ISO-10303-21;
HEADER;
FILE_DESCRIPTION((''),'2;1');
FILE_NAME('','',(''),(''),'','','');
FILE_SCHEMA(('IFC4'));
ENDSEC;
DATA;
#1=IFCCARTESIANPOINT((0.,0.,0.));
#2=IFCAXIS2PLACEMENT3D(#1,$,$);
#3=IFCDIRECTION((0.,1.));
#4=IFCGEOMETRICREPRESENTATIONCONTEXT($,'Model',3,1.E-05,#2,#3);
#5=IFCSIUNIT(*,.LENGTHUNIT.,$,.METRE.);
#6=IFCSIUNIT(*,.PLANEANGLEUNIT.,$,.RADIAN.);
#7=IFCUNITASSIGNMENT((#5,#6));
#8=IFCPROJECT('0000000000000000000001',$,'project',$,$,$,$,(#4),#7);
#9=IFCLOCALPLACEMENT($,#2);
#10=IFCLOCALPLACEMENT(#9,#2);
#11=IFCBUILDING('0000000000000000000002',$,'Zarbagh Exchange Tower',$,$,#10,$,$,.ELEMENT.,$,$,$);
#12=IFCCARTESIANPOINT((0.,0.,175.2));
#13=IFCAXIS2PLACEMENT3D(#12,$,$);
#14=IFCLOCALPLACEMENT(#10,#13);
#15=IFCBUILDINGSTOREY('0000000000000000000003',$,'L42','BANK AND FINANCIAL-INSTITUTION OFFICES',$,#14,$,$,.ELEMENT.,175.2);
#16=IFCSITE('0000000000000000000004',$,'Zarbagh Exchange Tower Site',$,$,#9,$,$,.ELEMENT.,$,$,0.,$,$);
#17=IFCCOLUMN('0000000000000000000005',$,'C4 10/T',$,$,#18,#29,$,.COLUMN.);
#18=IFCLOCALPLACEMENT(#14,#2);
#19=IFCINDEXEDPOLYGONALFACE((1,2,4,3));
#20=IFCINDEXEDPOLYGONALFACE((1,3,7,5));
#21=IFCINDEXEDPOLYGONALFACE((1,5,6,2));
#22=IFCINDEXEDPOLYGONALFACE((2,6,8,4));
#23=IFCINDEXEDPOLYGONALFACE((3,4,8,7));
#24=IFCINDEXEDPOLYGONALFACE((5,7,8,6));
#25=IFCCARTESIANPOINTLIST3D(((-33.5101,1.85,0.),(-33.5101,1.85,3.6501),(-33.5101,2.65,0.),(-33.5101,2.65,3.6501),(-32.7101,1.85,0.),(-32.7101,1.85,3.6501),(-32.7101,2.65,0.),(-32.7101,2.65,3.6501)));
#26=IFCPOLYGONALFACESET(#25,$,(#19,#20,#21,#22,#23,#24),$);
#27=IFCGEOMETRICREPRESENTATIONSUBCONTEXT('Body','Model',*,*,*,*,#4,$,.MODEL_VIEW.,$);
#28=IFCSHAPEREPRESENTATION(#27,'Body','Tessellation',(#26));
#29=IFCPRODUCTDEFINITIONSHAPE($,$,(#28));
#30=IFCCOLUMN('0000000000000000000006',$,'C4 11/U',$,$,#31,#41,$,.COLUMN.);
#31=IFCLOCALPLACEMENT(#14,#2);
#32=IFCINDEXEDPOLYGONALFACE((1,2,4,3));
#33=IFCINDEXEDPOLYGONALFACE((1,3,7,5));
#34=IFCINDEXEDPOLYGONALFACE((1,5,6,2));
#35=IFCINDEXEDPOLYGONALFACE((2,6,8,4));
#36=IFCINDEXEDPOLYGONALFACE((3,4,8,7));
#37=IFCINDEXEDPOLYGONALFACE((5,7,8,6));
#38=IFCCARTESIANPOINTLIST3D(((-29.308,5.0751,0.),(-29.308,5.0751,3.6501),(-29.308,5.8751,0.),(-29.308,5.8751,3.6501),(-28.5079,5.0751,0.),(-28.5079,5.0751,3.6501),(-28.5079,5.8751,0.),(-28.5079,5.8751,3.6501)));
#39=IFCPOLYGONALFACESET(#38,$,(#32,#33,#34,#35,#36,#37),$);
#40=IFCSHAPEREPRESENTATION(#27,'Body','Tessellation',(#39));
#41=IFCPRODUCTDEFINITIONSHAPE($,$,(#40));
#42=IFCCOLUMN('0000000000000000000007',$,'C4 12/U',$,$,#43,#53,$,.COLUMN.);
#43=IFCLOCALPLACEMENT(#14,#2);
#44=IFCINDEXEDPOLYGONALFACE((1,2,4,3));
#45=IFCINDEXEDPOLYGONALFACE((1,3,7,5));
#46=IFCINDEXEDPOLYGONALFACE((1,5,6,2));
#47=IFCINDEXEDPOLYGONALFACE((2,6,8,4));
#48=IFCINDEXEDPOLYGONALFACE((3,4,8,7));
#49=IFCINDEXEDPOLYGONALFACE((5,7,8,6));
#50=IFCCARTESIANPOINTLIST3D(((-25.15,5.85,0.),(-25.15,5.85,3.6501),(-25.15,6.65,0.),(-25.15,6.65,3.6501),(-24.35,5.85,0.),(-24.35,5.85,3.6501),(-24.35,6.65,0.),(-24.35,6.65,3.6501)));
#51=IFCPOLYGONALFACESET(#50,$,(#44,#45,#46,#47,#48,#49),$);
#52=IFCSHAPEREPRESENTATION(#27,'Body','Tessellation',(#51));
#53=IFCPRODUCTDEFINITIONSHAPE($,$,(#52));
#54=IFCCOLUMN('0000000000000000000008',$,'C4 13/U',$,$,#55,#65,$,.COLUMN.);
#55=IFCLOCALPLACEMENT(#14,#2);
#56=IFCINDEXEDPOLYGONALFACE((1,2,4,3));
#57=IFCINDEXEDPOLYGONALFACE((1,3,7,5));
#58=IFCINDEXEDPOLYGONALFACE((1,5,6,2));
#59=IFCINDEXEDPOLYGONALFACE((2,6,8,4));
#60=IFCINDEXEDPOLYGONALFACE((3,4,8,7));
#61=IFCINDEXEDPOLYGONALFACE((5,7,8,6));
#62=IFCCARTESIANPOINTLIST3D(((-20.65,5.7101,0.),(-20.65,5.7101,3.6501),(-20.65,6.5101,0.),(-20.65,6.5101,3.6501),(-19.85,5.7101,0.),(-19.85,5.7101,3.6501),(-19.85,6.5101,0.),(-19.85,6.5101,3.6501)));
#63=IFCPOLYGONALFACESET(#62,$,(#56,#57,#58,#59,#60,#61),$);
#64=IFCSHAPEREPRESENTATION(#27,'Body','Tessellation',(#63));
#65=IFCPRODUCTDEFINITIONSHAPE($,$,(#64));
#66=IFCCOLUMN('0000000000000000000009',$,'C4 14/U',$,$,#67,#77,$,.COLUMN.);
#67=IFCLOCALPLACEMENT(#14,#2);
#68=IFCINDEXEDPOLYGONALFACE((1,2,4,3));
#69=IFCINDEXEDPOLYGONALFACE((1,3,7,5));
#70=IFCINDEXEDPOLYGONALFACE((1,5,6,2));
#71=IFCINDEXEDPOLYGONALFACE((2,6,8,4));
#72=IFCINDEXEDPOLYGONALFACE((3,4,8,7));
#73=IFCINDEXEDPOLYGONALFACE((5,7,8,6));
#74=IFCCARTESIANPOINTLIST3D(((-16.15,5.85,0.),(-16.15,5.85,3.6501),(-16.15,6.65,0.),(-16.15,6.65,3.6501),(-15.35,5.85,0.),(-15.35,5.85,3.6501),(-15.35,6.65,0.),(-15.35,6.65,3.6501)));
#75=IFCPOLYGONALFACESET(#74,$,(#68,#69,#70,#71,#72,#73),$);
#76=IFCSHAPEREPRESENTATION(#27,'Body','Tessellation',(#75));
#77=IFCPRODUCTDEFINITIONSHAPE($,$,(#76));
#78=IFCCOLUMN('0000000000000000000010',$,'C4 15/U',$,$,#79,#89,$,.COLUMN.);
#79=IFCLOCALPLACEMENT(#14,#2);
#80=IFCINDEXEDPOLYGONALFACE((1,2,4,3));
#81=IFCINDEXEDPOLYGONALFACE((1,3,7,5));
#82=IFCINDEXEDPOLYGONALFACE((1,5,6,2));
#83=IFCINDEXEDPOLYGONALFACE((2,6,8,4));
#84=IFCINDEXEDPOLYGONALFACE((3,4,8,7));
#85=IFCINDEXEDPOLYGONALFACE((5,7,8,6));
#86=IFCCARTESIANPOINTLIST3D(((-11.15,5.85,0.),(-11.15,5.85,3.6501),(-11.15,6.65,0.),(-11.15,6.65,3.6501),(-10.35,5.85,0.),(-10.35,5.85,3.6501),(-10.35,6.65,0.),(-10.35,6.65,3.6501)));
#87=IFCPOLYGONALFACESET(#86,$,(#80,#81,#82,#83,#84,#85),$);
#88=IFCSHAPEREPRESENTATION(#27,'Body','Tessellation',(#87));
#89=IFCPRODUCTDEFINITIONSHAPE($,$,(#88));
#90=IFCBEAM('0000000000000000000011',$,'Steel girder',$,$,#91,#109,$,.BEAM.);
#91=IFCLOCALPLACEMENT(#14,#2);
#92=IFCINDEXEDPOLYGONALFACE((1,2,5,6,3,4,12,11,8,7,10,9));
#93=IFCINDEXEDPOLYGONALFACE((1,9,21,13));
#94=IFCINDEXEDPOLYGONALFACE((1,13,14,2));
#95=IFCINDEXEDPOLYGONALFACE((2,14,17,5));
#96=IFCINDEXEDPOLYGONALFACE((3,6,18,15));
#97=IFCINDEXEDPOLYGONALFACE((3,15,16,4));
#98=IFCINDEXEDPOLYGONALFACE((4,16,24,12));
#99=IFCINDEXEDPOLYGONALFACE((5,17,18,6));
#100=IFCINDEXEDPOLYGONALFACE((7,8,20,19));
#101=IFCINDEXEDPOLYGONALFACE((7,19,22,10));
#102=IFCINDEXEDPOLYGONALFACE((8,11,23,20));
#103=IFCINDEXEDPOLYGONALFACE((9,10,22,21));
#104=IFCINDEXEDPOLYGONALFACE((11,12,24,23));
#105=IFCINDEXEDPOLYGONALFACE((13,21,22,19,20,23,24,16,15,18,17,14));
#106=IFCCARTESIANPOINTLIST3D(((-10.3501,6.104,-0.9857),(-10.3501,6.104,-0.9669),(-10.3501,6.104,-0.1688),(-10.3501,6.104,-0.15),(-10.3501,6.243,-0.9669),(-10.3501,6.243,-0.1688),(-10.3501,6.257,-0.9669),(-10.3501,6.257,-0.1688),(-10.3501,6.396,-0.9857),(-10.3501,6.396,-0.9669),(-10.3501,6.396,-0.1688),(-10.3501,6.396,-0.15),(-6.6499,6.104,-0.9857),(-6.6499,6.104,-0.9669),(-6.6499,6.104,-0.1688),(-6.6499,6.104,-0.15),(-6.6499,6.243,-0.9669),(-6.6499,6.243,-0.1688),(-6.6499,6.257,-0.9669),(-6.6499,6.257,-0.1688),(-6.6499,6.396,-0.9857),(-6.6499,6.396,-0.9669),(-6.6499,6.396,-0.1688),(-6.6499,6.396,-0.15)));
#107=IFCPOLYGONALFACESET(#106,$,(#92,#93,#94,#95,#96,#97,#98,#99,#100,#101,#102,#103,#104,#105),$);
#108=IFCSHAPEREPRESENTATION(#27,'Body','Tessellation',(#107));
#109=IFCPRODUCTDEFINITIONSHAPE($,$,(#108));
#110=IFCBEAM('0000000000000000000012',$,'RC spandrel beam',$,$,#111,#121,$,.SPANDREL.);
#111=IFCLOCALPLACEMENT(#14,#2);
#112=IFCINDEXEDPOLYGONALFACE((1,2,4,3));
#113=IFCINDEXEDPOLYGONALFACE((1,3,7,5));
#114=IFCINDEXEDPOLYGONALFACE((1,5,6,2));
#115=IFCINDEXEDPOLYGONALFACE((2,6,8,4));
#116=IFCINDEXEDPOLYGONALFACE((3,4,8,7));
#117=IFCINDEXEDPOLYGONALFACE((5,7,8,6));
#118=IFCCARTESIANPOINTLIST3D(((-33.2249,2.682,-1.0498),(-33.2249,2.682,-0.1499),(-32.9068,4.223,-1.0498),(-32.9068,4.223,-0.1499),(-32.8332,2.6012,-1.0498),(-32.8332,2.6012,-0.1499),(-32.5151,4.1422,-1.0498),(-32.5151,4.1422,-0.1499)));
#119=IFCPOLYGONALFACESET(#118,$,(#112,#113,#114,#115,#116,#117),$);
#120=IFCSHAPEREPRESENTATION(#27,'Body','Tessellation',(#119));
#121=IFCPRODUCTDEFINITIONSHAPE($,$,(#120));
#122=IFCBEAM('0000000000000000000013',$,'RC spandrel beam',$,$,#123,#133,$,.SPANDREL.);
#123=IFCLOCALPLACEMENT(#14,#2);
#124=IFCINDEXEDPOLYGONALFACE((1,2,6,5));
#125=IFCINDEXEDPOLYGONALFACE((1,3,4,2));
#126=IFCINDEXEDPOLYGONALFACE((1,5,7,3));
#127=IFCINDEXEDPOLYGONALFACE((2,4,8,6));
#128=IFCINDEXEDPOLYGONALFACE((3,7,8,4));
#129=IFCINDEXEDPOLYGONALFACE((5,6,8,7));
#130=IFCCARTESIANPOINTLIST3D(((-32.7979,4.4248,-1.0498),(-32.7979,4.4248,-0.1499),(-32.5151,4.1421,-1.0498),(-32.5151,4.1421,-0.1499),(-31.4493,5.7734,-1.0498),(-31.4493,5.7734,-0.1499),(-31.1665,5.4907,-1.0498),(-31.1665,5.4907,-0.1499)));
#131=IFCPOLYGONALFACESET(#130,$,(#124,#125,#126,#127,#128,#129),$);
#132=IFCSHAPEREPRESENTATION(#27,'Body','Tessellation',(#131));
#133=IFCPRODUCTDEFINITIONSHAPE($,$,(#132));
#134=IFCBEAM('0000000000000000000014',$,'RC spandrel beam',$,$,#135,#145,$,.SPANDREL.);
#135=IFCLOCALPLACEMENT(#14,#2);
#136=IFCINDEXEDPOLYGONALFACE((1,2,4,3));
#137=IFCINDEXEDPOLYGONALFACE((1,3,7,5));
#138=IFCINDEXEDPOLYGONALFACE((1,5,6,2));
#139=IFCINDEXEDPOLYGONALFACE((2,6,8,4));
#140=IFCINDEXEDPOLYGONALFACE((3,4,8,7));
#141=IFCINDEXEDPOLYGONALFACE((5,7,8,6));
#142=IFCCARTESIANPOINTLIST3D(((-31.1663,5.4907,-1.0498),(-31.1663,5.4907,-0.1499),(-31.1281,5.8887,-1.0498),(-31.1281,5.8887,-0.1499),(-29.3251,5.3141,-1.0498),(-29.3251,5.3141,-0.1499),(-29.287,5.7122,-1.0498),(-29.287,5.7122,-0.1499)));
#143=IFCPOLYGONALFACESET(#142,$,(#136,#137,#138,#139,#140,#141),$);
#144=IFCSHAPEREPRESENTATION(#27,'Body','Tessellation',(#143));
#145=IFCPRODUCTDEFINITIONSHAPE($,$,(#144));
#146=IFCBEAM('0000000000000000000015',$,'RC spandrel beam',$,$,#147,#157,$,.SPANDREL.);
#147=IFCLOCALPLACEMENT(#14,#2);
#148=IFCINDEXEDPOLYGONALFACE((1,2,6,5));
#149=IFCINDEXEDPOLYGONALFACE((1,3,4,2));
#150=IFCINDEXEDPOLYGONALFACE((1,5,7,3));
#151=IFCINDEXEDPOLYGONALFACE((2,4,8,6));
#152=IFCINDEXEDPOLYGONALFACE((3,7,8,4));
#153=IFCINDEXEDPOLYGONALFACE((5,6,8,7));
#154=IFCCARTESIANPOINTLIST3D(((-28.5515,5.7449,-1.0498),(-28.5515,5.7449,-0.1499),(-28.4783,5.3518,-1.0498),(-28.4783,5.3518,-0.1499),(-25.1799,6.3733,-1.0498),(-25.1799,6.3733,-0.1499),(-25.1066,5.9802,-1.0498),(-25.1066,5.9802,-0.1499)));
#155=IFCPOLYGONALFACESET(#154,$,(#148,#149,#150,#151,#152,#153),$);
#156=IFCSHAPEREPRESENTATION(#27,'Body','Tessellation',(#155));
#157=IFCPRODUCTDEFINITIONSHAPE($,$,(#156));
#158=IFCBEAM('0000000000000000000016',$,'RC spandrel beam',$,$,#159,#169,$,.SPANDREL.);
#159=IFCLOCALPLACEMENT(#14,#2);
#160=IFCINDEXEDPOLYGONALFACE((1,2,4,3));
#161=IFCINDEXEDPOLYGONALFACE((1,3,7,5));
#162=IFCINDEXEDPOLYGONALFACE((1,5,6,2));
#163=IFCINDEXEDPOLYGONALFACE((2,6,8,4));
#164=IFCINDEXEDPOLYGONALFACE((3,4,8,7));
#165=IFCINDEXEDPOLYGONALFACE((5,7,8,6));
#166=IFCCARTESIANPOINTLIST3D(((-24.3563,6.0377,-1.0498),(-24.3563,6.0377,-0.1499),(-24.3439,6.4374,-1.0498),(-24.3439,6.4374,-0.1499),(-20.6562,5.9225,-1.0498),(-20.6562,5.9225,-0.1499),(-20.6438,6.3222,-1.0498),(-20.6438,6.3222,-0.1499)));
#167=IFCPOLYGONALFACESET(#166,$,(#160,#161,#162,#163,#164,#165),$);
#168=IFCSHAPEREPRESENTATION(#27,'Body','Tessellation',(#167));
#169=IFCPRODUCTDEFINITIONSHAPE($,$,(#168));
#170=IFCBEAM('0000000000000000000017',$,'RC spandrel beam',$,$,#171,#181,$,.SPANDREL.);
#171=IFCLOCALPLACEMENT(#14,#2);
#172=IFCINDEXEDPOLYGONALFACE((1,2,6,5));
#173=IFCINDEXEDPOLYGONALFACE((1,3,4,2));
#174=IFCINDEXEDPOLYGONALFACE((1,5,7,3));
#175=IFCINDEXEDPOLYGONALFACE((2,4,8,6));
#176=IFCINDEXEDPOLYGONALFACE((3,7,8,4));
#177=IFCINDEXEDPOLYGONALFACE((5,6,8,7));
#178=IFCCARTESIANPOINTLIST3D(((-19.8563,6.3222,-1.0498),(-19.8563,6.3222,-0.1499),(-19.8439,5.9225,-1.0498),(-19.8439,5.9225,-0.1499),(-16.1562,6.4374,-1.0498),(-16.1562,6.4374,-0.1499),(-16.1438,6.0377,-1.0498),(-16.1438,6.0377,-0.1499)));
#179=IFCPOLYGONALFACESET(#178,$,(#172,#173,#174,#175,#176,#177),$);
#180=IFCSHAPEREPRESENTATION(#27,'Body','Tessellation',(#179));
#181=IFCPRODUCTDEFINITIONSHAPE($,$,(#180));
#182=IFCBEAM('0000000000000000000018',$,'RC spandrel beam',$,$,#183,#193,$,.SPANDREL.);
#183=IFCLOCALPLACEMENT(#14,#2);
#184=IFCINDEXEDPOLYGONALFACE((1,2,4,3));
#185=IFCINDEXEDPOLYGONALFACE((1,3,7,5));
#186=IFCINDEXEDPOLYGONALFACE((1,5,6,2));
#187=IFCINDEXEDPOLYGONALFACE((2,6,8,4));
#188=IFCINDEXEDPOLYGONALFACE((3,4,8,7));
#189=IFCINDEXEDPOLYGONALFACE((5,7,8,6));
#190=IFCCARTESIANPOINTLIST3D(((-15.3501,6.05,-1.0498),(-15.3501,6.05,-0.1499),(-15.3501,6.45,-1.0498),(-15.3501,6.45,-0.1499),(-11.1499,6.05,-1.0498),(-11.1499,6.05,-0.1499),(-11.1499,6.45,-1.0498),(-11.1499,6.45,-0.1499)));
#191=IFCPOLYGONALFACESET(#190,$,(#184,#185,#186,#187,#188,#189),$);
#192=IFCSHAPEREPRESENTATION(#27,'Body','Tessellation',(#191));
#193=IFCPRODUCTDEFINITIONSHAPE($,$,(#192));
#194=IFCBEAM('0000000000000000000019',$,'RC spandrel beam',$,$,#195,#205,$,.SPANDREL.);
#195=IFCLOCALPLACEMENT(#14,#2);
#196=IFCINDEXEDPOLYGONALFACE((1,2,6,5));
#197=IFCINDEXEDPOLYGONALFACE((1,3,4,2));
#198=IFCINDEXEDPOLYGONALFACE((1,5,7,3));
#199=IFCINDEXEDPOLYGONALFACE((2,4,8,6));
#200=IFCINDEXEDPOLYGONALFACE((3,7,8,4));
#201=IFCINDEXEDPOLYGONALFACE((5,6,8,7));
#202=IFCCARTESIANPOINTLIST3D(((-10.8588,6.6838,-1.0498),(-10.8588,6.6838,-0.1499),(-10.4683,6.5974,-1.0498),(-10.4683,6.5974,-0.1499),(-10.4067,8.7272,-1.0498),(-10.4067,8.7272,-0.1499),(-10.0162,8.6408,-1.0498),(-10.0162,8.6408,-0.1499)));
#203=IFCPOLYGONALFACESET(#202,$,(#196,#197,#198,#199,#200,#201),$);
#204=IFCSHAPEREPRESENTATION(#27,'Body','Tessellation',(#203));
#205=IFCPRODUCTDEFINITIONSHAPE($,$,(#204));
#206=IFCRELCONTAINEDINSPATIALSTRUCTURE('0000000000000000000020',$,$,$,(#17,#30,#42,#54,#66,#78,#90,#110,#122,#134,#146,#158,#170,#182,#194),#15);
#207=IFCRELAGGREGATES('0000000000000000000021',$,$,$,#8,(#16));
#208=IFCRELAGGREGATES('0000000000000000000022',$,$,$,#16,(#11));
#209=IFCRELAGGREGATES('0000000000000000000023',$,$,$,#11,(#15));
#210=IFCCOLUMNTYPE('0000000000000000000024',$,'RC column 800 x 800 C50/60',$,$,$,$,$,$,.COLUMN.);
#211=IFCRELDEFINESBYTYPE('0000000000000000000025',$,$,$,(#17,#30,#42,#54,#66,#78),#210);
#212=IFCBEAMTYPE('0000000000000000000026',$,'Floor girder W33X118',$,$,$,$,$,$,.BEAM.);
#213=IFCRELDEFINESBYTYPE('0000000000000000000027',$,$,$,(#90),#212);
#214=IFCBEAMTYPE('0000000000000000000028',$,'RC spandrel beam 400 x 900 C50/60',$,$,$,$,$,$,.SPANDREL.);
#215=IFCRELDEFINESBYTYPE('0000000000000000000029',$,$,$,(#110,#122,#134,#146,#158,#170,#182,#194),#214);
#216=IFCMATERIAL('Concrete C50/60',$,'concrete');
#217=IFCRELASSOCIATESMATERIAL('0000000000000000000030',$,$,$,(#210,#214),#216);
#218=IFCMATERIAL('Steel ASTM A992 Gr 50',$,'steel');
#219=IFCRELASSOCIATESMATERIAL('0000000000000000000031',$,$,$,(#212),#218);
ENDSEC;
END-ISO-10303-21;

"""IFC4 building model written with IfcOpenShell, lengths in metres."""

from ifc_helpers import new_model, si_unit, direction, frame, origin, origin_2d, place, context, subcontext, project, spatial, rectangle, i_section, extrude, material, material_profile, profile_set, type_object, element, save


model = new_model("IFC4")

# Units and contexts
model_context = context("Model", 3, precision=1e-05, world=origin(), true_north=direction((0.0, 1.0)))
body_context = subcontext(model_context, "Body", "Model", "MODEL_VIEW")
ifc_project = project(units=[si_unit("LENGTHUNIT", "METRE"), si_unit("PLANEANGLEUNIT", "RADIAN")], contexts=[model_context])

# Site, building, storey
site_placement = place(None, origin())
site = spatial("IfcSite", under=ifc_project, at=site_placement, Name="Zarbagh Exchange Tower Site", CompositionType="ELEMENT", RefElevation=0.0)
building_placement = place(site_placement, origin())
building = spatial("IfcBuilding", under=site, at=building_placement, Name="Zarbagh Exchange Tower", CompositionType="ELEMENT")
storey_placement = place(building_placement, frame((0.0, 0.0, 175.2)))
storey = spatial("IfcBuildingStorey", under=building, at=storey_placement, Name="L42", Description="BANK AND FINANCIAL-INSTITUTION OFFICES", CompositionType="ELEMENT", Elevation=175.2)

# Columns
ifc_material_1 = material(Name="Concrete C50/60", Category="concrete")
ifc_material_profile_1 = material_profile(ifc_material_1, rectangle(XDim=0.8, YDim=0.8, at=origin_2d()), Name="RC column 800 x 800 C50/60")
ifc_profile_set_1 = profile_set([ifc_material_profile_1], Name="Concrete C50/60")
column_type = type_object("IfcColumnType", Name="RC column 800 x 800 C50/60", PredefinedType="COLUMN", material=ifc_profile_set_1)
for number, where, z_axis, x_axis, name in (
    (1, (-33.1101, 2.25, 0.0), (0.0, 0.0, 1.0), (1.0, 0.0, 0.0), "C4 10/T"),
    (2, (-28.908, 5.4751, 0.0), (0.0, 0.0, 1.0), (1.0, 0.0, 0.0), "C4 11/U"),
    (3, (-24.75, 6.25, 0.0), (0.0, 0.0, 1.0), (1.0, 0.0, 0.0), "C4 12/U"),
    (4, (-20.25, 6.1101, 0.0), (0.0, 0.0, 1.0), (1.0, 0.0, 0.0), "C4 13/U"),
    (5, (-15.75, 6.25, 0.0), (0.0, 0.0, 1.0), (1.0, 0.0, 0.0), "C4 14/U"),
    (6, (-10.75, 6.25, 0.0), (0.0, 0.0, 1.0), (1.0, 0.0, 0.0), "C4 15/U"),
):
    element("IfcColumn", number, at=place(storey_placement, frame(where, z_axis=z_axis, x_axis=x_axis)), inside=storey, type_object=column_type, Name=name, PredefinedType="COLUMN", context=body_context, shape_type="SweptSolid", body=[
        extrude(rectangle(XDim=0.8, YDim=0.8, at=origin_2d()), origin(), (0.0, 0.0, 1.0), 3.6501),
    ])

# Beams
ifc_material_2 = material(Name="Steel ASTM A992 Gr 50", Category="steel")
ifc_material_profile_2 = material_profile(ifc_material_2, i_section(OverallWidth=0.292, OverallDepth=0.8357, WebThickness=0.0139, FlangeThickness=0.0188, at=origin_2d()), Name="W33X118")
ifc_profile_set_2 = profile_set([ifc_material_profile_2], Name="Steel ASTM A992 Gr 50")
beam_type_1 = type_object("IfcBeamType", Name="Floor girder W33X118", PredefinedType="BEAM", material=ifc_profile_set_2)
beam_1_placement = place(storey_placement, frame((-10.3501, 6.25, -0.5679), z_axis=(1.0, 0.0, 0.0), x_axis=(0.0, 1.0, 0.0)))
element("IfcBeam", 7, at=beam_1_placement, inside=storey, type_object=beam_type_1, Name="Steel girder", PredefinedType="BEAM", context=body_context, shape_type="SweptSolid", body=[
    extrude(i_section(OverallWidth=0.292, OverallDepth=0.8357, WebThickness=0.0139, FlangeThickness=0.0188, at=origin_2d()), origin(), (0.0, 0.0, 1.0), 3.7002),
])
ifc_material_profile_3 = material_profile(ifc_material_1, rectangle(XDim=0.3999, YDim=0.8999, at=origin_2d()), Name="RC spandrel beam 400 x 900 C50/60")
ifc_profile_set_3 = profile_set([ifc_material_profile_3], Name="Concrete C50/60")
beam_type_2 = type_object("IfcBeamType", Name="RC spandrel beam 400 x 900 C50/60", PredefinedType="SPANDREL", material=ifc_profile_set_3)
beam_2_placement = place(storey_placement, frame((-33.0291, 2.6416, -0.5999), z_axis=(0.202169, 0.979351, 0.0), x_axis=(-0.979351, 0.202169, 0.0)))
element("IfcBeam", 8, at=beam_2_placement, inside=storey, type_object=beam_type_2, Name="RC spandrel beam", PredefinedType="SPANDREL", context=body_context, shape_type="SweptSolid", body=[
    extrude(rectangle(XDim=0.3999, YDim=0.8999, at=origin_2d()), origin(), (0.0, 0.0, 1.0), 1.5735),
])
beam_3_placement = place(storey_placement, frame((-32.6565, 4.2834, -0.5999), z_axis=(0.707107, 0.707107, 0.0), x_axis=(-0.707107, 0.707107, 0.0)))
element("IfcBeam", 9, at=beam_3_placement, inside=storey, type_object=beam_type_2, Name="RC spandrel beam", PredefinedType="SPANDREL", context=body_context, shape_type="SweptSolid", body=[
    extrude(rectangle(XDim=0.3999, YDim=0.8999, at=origin_2d()), origin(), (0.0, 0.0, 1.0), 1.9072),
])
beam_4_placement = place(storey_placement, frame((-31.1472, 5.6897, -0.5999), z_axis=(0.995435, -0.095438, 0.0), x_axis=(0.095438, 0.995435, 0.0)))
element("IfcBeam", 10, at=beam_4_placement, inside=storey, type_object=beam_type_2, Name="RC spandrel beam", PredefinedType="SPANDREL", context=body_context, shape_type="SweptSolid", body=[
    extrude(rectangle(XDim=0.3999, YDim=0.8999, at=origin_2d()), origin(), (0.0, 0.0, 1.0), 1.8496),
])
beam_5_placement = place(storey_placement, frame((-28.5149, 5.5483, -0.5999), z_axis=(0.98307, 0.183231, 0.0), x_axis=(-0.183231, 0.98307, 0.0)))
element("IfcBeam", 11, at=beam_5_placement, inside=storey, type_object=beam_type_2, Name="RC spandrel beam", PredefinedType="SPANDREL", context=body_context, shape_type="SweptSolid", body=[
    extrude(rectangle(XDim=0.3999, YDim=0.8999, at=origin_2d()), origin(), (0.0, 0.0, 1.0), 3.4297),
])
for number, where, z_axis, x_axis, name in (
    (12, (-24.3501, 6.2375, -0.5999), (0.999515, -0.031128, 0.0), (0.031128, 0.999515, 0.0), "RC spandrel beam"),
    (13, (-19.8501, 6.1223, -0.5999), (0.999515, 0.031128, 0.0), (-0.031128, 0.999515, 0.0), "RC spandrel beam"),
):
    element("IfcBeam", number, at=place(storey_placement, frame(where, z_axis=z_axis, x_axis=x_axis)), inside=storey, type_object=beam_type_2, Name=name, PredefinedType="SPANDREL", context=body_context, shape_type="SweptSolid", body=[
        extrude(rectangle(XDim=0.3999, YDim=0.8999, at=origin_2d()), origin(), (0.0, 0.0, 1.0), 3.7019),
    ])
beam_6_placement = place(storey_placement, frame((-15.3501, 6.25, -0.5999), z_axis=(1.0, 0.0, 0.0), x_axis=(0.0, 1.0, 0.0)))
element("IfcBeam", 14, at=beam_6_placement, inside=storey, type_object=beam_type_2, Name="RC spandrel beam", PredefinedType="SPANDREL", context=body_context, shape_type="SweptSolid", body=[
    extrude(rectangle(XDim=0.3999, YDim=0.8999, at=origin_2d()), origin(), (0.0, 0.0, 1.0), 4.2002),
])
beam_7_placement = place(storey_placement, frame((-10.6636, 6.6406, -0.5999), z_axis=(0.216041, 0.976384, 0.0), x_axis=(-0.976384, 0.216041, 0.0)))
element("IfcBeam", 15, at=beam_7_placement, inside=storey, type_object=beam_type_2, Name="RC spandrel beam", PredefinedType="SPANDREL", context=body_context, shape_type="SweptSolid", body=[
    extrude(rectangle(XDim=0.3999, YDim=0.8999, at=origin_2d()), origin(), (0.0, 0.0, 1.0), 2.0928),
])

save(model, "model.ifc")
